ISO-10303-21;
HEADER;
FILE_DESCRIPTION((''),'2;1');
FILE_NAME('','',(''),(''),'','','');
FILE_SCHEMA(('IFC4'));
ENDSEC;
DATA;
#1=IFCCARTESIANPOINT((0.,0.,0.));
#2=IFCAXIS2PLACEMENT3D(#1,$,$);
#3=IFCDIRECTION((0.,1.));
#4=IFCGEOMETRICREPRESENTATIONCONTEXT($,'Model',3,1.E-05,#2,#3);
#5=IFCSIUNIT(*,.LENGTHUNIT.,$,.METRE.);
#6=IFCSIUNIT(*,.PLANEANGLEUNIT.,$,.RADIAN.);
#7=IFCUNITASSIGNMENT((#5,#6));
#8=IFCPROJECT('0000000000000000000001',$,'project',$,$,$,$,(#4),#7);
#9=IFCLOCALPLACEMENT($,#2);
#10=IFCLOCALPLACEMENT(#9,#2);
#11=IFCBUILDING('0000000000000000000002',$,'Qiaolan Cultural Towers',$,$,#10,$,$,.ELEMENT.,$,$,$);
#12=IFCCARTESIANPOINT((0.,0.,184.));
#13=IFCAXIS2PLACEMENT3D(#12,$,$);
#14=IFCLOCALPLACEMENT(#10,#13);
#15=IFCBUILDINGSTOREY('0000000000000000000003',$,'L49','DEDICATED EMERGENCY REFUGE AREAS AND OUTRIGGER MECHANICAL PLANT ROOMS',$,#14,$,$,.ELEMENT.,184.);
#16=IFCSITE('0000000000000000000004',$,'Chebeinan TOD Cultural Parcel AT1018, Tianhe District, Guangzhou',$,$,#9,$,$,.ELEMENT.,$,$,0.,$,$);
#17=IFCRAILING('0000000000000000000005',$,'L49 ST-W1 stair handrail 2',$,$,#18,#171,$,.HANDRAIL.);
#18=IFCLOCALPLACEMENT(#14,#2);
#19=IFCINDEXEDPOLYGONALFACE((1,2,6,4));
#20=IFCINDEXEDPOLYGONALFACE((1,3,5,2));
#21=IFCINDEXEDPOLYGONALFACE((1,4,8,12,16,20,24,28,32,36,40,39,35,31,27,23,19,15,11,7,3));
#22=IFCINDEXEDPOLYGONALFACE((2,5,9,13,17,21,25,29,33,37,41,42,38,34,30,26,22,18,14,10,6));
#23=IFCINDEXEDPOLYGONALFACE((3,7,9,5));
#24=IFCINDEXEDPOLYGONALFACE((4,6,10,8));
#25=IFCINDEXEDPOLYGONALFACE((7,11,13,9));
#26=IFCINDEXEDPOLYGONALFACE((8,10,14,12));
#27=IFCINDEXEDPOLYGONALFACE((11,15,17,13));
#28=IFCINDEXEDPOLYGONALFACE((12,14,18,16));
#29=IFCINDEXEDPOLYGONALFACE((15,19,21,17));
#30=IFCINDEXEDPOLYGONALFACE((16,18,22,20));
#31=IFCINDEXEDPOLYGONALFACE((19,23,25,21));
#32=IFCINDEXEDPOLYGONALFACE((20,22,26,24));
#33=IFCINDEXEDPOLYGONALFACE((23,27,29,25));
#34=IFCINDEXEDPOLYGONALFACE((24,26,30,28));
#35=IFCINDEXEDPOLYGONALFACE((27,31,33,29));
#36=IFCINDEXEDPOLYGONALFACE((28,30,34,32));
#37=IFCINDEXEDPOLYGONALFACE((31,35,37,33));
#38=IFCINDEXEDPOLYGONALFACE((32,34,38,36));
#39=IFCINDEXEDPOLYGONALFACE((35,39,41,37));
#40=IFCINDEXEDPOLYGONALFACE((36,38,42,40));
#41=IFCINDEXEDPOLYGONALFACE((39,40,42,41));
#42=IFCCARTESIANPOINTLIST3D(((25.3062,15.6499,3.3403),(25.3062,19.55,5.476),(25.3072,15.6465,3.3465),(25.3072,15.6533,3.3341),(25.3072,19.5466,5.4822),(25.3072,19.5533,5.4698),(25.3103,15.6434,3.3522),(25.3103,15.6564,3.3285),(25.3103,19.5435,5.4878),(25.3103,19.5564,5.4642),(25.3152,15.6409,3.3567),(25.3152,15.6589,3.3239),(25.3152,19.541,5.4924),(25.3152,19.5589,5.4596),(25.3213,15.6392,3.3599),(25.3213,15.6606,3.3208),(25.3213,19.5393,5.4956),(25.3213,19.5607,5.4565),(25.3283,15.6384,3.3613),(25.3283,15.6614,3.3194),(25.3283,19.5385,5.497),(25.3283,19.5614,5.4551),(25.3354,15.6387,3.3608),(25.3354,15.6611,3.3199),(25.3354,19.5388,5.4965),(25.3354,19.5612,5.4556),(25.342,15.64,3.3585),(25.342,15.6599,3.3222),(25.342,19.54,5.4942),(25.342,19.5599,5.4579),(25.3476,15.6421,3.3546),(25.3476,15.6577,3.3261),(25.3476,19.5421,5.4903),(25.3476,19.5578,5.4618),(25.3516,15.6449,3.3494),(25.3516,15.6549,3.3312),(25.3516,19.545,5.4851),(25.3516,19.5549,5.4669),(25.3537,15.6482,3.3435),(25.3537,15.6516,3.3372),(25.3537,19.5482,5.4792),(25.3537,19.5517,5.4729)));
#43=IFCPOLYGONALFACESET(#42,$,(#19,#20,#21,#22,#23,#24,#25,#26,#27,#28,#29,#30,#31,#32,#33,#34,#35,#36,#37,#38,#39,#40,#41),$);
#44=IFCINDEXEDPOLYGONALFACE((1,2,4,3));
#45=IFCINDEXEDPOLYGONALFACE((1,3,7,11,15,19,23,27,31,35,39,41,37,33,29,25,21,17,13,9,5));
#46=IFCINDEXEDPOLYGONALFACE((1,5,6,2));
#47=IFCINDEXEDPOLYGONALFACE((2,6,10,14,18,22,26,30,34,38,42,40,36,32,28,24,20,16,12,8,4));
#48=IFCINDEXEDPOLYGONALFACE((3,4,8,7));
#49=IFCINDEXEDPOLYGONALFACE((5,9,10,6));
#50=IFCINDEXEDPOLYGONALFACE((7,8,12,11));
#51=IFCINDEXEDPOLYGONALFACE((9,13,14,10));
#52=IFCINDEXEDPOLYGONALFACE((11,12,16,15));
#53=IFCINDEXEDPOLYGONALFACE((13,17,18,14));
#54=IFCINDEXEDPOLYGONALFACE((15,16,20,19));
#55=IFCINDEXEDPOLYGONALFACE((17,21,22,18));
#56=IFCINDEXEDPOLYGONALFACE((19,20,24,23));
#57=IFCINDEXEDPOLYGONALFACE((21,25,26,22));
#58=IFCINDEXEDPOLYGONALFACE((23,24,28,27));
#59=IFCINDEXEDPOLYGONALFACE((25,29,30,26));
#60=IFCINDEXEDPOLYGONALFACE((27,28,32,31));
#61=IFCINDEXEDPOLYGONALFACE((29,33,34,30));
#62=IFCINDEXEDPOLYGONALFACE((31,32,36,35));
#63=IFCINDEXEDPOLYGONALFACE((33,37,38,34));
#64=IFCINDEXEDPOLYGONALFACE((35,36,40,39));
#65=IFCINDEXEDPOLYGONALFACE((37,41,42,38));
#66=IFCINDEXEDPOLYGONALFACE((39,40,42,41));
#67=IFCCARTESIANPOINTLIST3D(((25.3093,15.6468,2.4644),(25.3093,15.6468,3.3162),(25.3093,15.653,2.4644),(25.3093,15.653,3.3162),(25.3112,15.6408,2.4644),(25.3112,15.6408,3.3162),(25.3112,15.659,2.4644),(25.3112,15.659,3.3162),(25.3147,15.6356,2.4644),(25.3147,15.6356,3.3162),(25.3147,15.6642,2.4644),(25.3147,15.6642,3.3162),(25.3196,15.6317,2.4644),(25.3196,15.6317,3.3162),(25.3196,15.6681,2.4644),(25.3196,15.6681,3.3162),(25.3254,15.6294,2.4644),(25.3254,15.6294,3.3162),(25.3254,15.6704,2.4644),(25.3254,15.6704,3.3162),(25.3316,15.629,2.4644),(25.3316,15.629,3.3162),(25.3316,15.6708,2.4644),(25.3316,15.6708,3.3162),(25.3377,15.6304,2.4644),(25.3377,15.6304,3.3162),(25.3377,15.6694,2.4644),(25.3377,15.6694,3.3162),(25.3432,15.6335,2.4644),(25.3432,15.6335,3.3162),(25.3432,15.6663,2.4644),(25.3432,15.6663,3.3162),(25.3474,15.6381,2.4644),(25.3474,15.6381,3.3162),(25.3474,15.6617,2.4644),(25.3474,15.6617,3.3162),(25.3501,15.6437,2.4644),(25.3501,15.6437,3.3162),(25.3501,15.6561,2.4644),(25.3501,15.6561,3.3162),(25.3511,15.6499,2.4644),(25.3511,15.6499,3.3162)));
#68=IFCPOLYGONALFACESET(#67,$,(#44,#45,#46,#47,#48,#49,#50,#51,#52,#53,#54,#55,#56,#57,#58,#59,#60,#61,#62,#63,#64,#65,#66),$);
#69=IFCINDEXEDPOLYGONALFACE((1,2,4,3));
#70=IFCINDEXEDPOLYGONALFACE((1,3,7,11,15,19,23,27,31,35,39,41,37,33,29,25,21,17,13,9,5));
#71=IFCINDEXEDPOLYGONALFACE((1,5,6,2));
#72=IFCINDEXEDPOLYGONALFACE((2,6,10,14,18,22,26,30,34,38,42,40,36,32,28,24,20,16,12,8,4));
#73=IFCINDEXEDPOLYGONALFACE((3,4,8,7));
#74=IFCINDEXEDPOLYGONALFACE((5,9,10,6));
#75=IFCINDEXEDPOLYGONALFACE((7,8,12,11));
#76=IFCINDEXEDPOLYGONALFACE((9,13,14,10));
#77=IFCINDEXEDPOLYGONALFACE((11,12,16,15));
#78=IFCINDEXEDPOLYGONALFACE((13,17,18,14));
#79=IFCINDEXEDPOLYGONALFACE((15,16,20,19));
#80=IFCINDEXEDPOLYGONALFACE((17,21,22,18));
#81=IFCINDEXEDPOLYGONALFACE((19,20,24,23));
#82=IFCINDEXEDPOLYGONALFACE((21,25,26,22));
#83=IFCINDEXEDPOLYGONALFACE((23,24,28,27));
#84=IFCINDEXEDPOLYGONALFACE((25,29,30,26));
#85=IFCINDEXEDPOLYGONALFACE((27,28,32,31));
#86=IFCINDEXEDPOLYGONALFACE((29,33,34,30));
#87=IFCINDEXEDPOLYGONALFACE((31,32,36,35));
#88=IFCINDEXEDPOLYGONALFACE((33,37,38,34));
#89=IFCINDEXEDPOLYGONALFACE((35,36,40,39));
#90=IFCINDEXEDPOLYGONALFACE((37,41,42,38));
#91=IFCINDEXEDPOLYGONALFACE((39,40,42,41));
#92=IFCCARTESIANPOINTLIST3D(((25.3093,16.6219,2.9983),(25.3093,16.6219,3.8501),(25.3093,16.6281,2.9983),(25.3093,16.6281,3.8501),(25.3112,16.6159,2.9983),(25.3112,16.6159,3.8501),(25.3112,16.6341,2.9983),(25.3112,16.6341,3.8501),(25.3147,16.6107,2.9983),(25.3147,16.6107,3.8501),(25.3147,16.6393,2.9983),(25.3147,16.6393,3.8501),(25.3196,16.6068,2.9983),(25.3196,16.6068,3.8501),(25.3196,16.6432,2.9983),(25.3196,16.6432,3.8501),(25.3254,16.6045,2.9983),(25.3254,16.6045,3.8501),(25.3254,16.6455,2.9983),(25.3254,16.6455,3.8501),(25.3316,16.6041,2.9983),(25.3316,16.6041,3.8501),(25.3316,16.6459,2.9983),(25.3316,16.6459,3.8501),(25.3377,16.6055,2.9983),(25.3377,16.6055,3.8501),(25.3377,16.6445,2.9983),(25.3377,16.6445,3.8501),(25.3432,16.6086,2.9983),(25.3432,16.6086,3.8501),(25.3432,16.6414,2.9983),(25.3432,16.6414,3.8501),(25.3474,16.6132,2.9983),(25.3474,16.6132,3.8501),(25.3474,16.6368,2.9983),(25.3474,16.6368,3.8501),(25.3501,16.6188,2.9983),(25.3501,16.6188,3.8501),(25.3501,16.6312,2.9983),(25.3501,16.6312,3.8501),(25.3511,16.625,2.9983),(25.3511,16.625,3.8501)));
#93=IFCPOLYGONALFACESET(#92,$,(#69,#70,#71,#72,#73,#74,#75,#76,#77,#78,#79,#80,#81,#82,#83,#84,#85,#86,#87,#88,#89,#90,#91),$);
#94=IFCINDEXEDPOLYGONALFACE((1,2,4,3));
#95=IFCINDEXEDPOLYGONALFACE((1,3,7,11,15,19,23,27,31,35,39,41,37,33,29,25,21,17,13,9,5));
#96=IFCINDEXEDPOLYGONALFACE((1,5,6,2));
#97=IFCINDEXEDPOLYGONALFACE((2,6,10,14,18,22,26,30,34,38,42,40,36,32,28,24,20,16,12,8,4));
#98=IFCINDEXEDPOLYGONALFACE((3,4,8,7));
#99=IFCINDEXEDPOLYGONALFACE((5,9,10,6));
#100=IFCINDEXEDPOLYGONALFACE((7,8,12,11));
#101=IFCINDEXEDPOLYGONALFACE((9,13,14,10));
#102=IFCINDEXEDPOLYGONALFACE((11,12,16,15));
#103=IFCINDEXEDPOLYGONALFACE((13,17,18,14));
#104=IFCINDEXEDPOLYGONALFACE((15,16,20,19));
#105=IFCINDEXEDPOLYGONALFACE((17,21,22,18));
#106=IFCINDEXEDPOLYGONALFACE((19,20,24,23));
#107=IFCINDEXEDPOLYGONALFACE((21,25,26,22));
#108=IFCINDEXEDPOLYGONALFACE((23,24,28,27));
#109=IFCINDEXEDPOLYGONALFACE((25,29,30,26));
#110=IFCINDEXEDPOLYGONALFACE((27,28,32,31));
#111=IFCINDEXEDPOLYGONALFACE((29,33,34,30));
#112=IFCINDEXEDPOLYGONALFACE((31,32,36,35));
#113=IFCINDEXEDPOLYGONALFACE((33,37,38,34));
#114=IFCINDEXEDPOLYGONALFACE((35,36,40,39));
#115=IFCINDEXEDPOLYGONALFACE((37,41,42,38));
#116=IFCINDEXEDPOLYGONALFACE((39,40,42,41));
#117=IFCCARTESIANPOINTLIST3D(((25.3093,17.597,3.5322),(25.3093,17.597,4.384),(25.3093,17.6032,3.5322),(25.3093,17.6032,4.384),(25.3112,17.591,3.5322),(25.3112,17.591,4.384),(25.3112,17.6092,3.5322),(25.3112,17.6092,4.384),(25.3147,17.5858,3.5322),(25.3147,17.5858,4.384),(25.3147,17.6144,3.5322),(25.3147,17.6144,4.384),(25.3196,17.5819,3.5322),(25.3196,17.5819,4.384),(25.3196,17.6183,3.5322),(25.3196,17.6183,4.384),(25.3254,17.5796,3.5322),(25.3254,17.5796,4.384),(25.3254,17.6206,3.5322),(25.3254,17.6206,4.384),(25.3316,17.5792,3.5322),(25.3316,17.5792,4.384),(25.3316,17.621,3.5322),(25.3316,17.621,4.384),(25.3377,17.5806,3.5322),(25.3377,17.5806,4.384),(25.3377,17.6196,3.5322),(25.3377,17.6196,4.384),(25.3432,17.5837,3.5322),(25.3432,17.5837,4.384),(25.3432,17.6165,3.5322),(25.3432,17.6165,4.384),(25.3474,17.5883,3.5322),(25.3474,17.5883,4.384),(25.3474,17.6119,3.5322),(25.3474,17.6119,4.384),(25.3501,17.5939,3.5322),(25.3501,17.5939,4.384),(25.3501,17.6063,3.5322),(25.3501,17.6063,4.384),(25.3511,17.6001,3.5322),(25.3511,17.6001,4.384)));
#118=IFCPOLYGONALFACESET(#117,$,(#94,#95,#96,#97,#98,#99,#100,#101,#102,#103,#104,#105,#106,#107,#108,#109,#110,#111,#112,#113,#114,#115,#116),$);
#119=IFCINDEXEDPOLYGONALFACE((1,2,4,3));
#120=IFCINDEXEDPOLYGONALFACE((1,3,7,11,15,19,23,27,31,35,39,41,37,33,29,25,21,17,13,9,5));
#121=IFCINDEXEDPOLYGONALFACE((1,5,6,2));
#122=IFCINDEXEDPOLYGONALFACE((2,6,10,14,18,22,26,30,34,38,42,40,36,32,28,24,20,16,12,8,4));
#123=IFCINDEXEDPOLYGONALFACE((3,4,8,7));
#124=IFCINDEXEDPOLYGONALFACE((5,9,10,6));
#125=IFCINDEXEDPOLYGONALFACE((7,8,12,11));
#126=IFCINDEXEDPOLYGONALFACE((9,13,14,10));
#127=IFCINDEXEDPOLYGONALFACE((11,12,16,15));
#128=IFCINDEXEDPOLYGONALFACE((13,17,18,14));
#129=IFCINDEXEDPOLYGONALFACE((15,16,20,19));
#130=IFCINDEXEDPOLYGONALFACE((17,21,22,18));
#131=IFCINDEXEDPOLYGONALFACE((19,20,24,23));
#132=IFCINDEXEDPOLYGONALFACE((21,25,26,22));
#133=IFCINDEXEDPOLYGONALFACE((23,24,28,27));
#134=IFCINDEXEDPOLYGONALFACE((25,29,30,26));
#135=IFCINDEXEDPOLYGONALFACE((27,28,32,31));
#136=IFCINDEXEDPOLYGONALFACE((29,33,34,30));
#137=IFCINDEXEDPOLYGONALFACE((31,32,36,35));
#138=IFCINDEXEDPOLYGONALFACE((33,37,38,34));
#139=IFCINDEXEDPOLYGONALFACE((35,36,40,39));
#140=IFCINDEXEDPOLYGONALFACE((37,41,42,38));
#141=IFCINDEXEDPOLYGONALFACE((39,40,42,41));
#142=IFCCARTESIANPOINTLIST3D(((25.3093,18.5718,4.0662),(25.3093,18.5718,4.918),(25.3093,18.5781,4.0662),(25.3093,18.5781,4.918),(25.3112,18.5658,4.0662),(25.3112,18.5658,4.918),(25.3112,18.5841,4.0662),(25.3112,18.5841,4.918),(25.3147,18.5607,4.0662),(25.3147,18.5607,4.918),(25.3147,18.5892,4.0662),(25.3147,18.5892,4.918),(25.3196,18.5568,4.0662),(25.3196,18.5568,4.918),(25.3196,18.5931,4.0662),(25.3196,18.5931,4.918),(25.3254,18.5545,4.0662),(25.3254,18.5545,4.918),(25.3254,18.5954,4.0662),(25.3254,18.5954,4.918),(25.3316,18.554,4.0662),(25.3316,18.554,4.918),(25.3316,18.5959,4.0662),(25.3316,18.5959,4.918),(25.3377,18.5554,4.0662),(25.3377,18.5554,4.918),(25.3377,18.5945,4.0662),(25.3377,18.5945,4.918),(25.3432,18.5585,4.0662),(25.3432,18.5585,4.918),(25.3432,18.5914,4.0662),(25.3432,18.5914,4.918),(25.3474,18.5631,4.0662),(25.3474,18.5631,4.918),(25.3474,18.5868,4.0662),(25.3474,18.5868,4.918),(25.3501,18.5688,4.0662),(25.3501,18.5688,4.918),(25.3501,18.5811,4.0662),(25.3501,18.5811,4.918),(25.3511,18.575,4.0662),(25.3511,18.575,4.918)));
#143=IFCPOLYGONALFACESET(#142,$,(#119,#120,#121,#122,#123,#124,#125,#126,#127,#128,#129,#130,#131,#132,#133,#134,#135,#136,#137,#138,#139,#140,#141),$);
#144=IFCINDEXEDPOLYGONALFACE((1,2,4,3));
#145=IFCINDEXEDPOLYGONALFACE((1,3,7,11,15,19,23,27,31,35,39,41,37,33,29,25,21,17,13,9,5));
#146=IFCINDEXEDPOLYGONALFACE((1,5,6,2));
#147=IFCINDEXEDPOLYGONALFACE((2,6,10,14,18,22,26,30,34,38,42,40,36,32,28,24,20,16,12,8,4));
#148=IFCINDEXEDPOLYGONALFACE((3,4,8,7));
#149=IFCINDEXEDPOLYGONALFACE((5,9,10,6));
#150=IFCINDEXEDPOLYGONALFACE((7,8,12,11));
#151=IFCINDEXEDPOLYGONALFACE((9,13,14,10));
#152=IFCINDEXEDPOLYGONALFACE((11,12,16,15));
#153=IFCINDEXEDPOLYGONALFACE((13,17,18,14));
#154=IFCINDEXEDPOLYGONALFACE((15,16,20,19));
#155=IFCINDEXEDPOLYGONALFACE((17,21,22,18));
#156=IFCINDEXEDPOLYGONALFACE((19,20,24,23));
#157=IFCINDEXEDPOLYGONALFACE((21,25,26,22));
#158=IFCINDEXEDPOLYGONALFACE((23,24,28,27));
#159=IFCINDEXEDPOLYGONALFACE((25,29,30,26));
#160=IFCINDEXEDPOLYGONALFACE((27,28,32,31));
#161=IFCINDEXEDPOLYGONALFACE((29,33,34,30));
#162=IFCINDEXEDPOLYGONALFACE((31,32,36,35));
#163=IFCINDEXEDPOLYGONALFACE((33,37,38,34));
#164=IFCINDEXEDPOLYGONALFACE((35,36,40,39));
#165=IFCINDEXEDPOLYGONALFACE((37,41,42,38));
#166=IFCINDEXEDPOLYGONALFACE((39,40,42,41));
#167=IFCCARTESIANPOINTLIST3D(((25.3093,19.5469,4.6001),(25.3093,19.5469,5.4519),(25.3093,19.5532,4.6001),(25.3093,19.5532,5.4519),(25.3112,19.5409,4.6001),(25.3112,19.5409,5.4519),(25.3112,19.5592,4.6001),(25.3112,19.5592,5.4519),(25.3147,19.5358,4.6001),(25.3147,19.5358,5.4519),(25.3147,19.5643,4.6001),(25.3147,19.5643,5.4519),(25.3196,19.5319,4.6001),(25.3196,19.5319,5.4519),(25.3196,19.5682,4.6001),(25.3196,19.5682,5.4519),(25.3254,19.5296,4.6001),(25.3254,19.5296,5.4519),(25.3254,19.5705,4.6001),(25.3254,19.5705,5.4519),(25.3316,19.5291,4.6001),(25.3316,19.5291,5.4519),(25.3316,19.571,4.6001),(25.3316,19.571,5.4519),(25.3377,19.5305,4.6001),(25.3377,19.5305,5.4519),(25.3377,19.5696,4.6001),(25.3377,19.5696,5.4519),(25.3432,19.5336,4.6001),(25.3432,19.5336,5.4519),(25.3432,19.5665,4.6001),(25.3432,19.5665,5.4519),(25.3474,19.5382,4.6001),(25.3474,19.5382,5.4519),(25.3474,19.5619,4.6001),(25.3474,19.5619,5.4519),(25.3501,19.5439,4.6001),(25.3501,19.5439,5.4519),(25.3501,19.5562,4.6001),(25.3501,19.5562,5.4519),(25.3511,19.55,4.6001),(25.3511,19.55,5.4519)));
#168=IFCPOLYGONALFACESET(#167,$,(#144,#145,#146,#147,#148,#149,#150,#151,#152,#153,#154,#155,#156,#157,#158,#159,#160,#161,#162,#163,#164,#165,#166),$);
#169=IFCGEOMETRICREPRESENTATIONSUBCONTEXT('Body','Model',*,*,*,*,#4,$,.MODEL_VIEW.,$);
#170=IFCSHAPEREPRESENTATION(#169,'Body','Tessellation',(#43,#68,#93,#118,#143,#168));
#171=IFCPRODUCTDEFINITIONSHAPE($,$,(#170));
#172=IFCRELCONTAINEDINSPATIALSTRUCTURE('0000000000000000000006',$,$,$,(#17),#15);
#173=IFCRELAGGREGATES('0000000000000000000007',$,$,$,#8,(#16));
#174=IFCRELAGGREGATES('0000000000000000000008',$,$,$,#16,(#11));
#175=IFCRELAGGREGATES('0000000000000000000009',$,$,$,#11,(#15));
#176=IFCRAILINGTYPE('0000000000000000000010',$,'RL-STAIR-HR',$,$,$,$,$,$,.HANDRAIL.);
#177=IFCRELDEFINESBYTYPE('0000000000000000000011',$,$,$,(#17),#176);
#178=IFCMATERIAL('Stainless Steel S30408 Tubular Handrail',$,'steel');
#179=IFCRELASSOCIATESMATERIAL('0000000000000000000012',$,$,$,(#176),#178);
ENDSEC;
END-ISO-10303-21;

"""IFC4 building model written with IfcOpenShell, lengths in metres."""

from ifc_helpers import new_model, si_unit, direction, frame, origin, origin_2d, place, context, subcontext, project, spatial, circle, extrude, material, type_object, element, save


model = new_model("IFC4")

# Units and contexts
model_context = context("Model", 3, precision=1e-05, world=origin(), true_north=direction((0.0, 1.0)))
body_context = subcontext(model_context, "Body", "Model", "MODEL_VIEW")
ifc_project = project(units=[si_unit("LENGTHUNIT", "METRE"), si_unit("PLANEANGLEUNIT", "RADIAN")], contexts=[model_context])

# Site, building, storey
site_placement = place(None, origin())
site = spatial("IfcSite", under=ifc_project, at=site_placement, Name="Chebeinan TOD Cultural Parcel AT1018, Tianhe District, Guangzhou", CompositionType="ELEMENT", RefElevation=0.0)
building_placement = place(site_placement, origin())
building = spatial("IfcBuilding", under=site, at=building_placement, Name="Qiaolan Cultural Towers", CompositionType="ELEMENT")
storey_placement = place(building_placement, frame((0.0, 0.0, 184.0)))
storey = spatial("IfcBuildingStorey", under=building, at=storey_placement, Name="L49", Description="DEDICATED EMERGENCY REFUGE AREAS AND OUTRIGGER MECHANICAL PLANT ROOMS", CompositionType="ELEMENT", Elevation=184.0)

# Railing
ifc_material_1 = material(Name="Stainless Steel S30408 Tubular Handrail", Category="steel")
railing_type_1 = type_object("IfcRailingType", Name="RL-STAIR-HR", PredefinedType="HANDRAIL", material=ifc_material_1)
railing_1_placement = place(storey_placement, frame((25.3301, 15.6499, 2.4644)))
element("IfcRailing", 1, at=railing_1_placement, inside=storey, type_object=railing_type_1, Name="L49 ST-W1 stair handrail 2", PredefinedType="HANDRAIL", context=body_context, shape_type="SweptSolid", body=[
    extrude(circle(Radius=0.0239, at=origin_2d()), frame((0.0, 0.0, 0.876), z_axis=(0.0, 0.877101, 0.480306), x_axis=(-1.0, 0.0, 0.0)), (0.0, 0.0, 1.0), 4.4465),
    extrude(circle(Radius=0.021, at=origin_2d()), origin(), (0.0, 0.0, 1.0), 0.8518),
    extrude(circle(Radius=0.021, at=origin_2d()), frame((0.0, 0.9751, 0.5339)), (0.0, 0.0, 1.0), 0.8518),
    extrude(circle(Radius=0.021, at=origin_2d()), frame((0.0, 1.9502, 1.0679)), (0.0, 0.0, 1.0), 0.8518),
    extrude(circle(Radius=0.021, at=origin_2d()), frame((0.0, 2.925, 1.6018)), (0.0, 0.0, 1.0), 0.8518),
    extrude(circle(Radius=0.021, at=origin_2d()), frame((0.0, 3.9001, 2.1357)), (0.0, 0.0, 1.0), 0.8518),
])

save(model, "model.ifc")
